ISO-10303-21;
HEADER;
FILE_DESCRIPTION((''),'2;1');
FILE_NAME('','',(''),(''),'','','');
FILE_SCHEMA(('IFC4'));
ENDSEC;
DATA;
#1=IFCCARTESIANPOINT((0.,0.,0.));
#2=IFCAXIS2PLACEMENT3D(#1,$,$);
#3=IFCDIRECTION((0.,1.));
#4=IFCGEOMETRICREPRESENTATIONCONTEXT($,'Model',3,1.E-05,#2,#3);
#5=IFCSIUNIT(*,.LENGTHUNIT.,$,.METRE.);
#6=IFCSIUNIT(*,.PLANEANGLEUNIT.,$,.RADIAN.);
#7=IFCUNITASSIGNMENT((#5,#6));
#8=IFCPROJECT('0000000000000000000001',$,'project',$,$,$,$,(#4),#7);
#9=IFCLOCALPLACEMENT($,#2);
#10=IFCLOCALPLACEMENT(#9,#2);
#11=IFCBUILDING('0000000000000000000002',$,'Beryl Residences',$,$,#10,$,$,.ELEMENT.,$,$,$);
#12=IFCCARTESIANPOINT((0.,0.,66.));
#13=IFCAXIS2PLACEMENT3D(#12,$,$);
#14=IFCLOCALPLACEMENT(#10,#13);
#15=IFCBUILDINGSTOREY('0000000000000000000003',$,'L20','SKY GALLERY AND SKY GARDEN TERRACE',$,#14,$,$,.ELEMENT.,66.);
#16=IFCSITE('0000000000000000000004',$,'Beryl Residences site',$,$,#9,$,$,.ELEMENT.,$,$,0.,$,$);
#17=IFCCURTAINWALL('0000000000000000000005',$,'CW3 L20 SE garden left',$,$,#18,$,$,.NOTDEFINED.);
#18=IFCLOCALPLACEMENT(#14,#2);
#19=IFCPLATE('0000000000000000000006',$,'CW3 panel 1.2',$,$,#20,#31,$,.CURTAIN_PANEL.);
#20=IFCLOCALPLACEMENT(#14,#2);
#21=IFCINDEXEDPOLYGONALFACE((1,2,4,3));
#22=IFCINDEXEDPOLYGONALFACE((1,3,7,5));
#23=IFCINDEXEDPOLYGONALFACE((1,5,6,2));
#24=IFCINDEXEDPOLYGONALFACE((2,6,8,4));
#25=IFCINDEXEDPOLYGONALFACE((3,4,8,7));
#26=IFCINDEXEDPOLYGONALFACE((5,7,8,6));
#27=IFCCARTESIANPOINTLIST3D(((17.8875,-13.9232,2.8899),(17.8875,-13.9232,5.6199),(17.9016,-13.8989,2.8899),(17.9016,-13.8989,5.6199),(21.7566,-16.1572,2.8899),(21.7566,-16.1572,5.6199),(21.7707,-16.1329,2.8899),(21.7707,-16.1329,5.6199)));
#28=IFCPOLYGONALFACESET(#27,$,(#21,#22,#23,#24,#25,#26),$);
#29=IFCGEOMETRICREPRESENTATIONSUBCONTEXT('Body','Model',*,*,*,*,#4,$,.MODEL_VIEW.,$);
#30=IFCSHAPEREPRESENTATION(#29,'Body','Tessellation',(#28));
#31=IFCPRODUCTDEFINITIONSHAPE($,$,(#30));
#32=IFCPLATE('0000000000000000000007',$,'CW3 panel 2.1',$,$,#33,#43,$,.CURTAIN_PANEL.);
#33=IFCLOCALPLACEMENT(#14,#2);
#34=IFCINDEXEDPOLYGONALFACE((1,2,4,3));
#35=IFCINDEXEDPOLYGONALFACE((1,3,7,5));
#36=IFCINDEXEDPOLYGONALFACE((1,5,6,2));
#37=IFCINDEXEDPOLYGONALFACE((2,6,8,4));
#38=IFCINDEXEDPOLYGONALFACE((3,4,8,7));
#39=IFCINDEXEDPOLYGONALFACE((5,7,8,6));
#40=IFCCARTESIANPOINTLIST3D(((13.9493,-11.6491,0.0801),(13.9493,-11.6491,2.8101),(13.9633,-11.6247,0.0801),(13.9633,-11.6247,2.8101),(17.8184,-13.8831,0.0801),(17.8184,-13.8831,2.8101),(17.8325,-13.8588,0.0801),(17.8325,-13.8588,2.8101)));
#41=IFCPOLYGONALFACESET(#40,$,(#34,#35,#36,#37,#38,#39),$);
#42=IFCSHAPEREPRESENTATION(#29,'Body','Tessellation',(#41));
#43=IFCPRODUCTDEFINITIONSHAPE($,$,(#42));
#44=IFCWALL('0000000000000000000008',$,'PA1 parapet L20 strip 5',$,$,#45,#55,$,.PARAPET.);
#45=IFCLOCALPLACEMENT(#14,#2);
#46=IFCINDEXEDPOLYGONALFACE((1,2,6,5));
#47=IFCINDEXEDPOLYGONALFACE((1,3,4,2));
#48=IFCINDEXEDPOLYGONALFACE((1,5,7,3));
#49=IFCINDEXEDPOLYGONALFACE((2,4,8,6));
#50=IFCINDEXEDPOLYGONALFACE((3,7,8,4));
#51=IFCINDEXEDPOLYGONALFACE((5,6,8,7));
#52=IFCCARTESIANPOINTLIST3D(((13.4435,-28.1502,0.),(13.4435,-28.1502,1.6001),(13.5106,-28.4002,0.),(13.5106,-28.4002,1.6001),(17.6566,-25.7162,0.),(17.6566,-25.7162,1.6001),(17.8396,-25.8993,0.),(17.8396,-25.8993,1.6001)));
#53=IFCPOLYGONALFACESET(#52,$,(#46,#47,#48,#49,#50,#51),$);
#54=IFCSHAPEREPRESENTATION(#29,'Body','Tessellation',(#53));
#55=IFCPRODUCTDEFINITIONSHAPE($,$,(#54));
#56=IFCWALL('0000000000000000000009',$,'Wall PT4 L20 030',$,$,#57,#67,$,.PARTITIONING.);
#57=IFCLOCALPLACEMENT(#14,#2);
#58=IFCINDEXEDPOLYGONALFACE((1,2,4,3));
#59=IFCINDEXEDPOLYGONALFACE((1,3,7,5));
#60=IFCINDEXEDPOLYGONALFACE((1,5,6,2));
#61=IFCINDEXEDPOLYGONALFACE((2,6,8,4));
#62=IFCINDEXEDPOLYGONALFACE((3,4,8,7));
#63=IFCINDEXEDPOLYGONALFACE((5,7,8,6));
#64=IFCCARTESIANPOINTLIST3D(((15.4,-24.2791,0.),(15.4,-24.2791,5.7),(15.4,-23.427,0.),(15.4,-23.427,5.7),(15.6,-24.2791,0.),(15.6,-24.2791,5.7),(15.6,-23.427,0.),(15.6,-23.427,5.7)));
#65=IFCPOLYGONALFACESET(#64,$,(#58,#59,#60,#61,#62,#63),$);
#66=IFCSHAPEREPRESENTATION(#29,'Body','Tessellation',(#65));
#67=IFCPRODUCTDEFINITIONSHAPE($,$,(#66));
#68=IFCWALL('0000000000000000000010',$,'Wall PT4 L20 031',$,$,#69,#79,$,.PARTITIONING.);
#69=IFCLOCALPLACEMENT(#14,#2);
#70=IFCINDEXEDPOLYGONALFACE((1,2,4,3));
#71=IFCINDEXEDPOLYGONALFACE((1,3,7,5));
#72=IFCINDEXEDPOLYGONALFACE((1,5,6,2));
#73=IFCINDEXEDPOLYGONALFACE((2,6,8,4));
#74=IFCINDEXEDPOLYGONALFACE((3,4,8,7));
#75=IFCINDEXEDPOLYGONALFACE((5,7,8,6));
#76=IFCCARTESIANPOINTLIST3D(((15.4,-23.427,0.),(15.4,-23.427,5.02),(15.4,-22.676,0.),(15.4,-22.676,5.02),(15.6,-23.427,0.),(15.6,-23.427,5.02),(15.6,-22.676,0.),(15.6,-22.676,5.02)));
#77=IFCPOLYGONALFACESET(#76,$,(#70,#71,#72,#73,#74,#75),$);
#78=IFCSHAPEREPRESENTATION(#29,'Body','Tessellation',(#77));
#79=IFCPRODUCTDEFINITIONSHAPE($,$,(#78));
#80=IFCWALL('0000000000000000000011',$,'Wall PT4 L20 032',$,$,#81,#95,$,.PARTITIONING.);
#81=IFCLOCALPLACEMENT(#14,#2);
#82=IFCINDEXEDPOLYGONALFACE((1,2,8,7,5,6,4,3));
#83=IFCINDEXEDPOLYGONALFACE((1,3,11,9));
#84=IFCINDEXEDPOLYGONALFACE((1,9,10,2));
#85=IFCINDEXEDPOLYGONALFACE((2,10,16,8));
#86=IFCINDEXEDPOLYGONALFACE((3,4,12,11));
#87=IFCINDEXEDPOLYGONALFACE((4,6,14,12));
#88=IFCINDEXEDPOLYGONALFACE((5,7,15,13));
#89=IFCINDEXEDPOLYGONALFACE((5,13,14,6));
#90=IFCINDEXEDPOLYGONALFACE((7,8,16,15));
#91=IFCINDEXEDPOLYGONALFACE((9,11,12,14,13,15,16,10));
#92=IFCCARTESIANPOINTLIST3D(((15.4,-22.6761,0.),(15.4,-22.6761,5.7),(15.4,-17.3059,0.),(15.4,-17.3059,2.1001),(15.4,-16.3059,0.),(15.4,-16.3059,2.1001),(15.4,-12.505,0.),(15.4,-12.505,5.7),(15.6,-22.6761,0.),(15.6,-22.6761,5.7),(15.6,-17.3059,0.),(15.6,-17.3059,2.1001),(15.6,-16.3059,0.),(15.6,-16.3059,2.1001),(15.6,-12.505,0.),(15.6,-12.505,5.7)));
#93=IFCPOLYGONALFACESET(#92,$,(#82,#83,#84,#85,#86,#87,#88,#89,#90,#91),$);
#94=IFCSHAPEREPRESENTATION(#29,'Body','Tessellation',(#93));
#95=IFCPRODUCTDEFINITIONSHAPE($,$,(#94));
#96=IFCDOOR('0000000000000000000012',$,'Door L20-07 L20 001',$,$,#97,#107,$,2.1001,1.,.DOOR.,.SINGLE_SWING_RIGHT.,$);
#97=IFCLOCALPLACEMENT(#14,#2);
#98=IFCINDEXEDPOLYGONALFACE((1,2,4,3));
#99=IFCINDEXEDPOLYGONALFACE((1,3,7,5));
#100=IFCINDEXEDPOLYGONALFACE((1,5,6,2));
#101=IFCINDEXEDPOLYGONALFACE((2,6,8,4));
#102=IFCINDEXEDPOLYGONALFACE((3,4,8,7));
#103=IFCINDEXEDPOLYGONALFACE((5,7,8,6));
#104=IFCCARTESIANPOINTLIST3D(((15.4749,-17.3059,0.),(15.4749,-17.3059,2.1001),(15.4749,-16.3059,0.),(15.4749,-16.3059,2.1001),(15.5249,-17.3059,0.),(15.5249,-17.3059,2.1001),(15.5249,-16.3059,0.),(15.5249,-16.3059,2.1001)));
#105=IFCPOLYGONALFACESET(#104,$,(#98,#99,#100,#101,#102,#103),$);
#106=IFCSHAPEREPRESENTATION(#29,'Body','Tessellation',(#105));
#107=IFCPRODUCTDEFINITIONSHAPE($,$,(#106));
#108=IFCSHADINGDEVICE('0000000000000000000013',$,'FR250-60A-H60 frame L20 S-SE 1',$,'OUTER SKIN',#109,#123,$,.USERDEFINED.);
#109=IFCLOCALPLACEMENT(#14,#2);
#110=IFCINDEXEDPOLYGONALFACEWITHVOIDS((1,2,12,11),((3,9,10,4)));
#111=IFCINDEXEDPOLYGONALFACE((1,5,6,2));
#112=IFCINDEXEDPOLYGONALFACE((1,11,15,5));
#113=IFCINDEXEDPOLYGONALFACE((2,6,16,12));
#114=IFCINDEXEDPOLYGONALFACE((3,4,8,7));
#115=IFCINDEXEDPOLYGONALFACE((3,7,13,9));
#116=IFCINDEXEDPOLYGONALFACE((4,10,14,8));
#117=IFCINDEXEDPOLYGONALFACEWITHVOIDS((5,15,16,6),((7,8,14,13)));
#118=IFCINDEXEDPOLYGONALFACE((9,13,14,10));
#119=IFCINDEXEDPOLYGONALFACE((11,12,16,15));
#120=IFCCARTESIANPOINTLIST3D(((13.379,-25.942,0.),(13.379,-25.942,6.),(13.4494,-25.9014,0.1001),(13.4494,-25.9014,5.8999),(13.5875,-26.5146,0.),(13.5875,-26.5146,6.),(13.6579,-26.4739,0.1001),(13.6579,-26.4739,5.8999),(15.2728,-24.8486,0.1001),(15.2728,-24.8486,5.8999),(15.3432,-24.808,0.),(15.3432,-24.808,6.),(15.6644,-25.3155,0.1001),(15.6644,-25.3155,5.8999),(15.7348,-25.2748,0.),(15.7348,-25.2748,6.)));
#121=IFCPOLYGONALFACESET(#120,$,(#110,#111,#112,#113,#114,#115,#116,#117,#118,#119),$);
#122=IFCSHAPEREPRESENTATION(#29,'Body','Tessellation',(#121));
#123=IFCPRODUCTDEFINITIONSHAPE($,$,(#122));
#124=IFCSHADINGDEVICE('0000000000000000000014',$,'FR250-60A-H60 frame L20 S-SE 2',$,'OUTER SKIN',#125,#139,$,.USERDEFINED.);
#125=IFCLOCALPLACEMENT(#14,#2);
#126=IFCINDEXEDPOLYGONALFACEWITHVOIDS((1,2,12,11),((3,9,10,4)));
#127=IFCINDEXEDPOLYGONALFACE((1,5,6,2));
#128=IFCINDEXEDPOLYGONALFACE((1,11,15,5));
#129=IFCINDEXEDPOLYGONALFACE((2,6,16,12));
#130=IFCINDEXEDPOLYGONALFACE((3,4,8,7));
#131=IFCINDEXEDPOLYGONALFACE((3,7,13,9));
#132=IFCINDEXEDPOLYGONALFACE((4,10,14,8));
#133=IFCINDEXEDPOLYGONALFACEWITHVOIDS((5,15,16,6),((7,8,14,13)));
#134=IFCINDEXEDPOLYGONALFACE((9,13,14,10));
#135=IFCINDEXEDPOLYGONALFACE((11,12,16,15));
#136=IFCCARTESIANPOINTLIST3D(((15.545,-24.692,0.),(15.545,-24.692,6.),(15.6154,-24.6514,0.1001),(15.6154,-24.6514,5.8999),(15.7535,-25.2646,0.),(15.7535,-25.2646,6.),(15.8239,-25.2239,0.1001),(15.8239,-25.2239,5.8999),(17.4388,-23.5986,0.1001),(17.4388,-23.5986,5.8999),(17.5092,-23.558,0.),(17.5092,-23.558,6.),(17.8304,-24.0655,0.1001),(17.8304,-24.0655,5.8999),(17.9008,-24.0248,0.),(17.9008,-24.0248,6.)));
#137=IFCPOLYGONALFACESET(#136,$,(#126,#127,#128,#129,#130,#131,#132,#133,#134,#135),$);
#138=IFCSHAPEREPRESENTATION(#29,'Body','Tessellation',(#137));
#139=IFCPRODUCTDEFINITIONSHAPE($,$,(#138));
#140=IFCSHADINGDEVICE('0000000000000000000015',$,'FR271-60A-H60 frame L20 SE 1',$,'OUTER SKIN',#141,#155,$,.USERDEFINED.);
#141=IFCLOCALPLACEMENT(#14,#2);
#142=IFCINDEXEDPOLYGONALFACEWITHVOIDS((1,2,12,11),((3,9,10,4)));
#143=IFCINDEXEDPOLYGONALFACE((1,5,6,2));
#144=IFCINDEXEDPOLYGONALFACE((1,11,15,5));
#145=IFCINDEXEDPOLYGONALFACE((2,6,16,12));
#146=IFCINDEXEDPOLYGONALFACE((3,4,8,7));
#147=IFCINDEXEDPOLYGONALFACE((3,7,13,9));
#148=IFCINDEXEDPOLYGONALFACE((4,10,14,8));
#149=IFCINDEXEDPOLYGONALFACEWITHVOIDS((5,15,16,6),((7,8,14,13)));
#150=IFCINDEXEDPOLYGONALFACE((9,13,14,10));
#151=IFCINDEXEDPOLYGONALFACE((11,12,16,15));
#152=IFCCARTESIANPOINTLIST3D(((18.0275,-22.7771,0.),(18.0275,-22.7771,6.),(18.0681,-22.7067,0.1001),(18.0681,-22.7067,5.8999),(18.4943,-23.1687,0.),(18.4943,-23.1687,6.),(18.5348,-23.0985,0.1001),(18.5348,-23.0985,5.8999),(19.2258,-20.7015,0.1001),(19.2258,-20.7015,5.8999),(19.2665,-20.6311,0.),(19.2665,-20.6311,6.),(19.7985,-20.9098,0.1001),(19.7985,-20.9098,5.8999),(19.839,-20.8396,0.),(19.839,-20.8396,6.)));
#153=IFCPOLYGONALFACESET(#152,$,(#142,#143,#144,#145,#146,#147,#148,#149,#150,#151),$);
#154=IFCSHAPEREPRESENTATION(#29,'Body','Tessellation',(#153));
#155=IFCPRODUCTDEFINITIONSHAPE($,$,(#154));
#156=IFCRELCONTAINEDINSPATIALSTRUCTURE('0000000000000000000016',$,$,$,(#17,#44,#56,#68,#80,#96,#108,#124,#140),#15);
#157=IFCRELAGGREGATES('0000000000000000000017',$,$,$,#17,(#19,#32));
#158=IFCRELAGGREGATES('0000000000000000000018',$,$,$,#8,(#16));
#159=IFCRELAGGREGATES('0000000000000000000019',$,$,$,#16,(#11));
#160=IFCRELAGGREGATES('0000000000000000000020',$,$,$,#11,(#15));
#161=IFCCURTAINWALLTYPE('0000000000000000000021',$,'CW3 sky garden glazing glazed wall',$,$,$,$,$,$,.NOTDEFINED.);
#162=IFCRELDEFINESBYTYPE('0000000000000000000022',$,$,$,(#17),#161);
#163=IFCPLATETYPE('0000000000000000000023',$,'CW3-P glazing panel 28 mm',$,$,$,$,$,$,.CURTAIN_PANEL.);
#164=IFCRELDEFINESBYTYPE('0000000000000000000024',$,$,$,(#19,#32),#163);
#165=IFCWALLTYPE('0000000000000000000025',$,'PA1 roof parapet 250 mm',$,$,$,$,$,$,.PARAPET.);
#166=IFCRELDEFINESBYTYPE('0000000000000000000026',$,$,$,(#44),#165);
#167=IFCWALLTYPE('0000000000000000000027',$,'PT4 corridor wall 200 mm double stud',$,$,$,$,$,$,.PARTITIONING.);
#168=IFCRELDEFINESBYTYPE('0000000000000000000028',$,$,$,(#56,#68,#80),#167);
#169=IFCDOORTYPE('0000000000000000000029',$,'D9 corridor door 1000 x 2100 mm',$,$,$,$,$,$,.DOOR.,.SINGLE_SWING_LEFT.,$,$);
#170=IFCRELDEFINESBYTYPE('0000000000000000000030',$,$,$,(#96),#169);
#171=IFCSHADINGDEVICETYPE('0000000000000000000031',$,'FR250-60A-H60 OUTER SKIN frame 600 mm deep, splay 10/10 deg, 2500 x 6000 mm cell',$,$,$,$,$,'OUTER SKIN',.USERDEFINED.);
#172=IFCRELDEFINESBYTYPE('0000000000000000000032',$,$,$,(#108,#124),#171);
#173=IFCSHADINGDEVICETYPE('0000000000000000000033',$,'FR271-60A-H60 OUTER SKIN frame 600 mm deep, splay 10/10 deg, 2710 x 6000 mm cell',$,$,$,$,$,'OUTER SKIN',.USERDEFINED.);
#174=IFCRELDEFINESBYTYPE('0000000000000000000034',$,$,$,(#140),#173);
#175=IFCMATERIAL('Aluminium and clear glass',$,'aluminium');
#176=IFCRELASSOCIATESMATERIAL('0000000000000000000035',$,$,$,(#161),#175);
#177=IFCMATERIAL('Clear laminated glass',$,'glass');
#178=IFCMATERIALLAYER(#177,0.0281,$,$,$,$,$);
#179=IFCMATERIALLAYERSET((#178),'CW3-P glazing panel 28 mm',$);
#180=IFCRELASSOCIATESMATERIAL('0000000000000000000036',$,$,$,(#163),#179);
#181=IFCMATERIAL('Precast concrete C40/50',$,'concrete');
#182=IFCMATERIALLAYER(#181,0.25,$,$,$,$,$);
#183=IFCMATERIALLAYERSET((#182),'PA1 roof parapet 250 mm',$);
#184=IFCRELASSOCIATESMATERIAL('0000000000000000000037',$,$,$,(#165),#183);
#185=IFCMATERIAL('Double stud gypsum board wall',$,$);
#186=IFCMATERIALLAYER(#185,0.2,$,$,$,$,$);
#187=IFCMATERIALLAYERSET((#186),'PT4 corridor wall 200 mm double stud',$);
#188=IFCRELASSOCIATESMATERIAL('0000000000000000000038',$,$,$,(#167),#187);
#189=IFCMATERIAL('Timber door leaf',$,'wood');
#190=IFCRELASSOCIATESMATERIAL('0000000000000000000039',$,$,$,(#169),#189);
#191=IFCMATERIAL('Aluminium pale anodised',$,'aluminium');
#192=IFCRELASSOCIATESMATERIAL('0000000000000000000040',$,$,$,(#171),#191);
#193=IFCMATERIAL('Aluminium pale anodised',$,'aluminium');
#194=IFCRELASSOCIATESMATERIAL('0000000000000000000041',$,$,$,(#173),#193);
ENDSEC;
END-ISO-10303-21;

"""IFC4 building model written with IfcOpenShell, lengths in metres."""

from ifc_helpers import new_model, entity, si_unit, direction, frame, frame_2d, origin, origin_2d, place, context, subcontext, project, spatial, polyline, rectangle, outline, extrude, source, transform, mapped, material, layer, layer_set, type_object, type_shapes, element, fill, aggregate, save


model = new_model("IFC4")

# Units and contexts
model_context = context("Model", 3, precision=1e-05, world=origin(), true_north=direction((0.0, 1.0)))
body_context = subcontext(model_context, "Body", "Model", "MODEL_VIEW")
ifc_project = project(units=[si_unit("LENGTHUNIT", "METRE"), si_unit("PLANEANGLEUNIT", "RADIAN")], contexts=[model_context])

# Site, building, storey
site_placement = place(None, origin())
site = spatial("IfcSite", under=ifc_project, at=site_placement, Name="Beryl Residences site", CompositionType="ELEMENT", RefElevation=0.0)
building_placement = place(site_placement, origin())
building = spatial("IfcBuilding", under=site, at=building_placement, Name="Beryl Residences", CompositionType="ELEMENT")
storey_placement = place(building_placement, frame((0.0, 0.0, 66.0)))
storey = spatial("IfcBuildingStorey", under=building, at=storey_placement, Name="L20", Description="SKY GALLERY AND SKY GARDEN TERRACE", CompositionType="ELEMENT", Elevation=66.0)

# Curtain wall
ifc_material_1 = material(Name="Aluminium and clear glass", Category="aluminium")
curtain_wall_type = type_object("IfcCurtainWallType", Name="CW3 sky garden glazing glazed wall", PredefinedType="NOTDEFINED", material=ifc_material_1)
curtain_wall_1_placement = place(storey_placement, origin())
curtain_wall_1 = element("IfcCurtainWall", 1, at=curtain_wall_1_placement, inside=storey, type_object=curtain_wall_type, Name="CW3 L20 SE garden left", PredefinedType="NOTDEFINED")

# Plates
ifc_material_2 = material(Name="Clear laminated glass", Category="glass")
ifc_layer_1 = layer(ifc_material_2, 0.0281)
ifc_layer_set_1 = layer_set([ifc_layer_1], Name="CW3-P glazing panel 28 mm")
plate_type = type_object("IfcPlateType", Name="CW3-P glazing panel 28 mm", PredefinedType="CURTAIN_PANEL", material=ifc_layer_set_1)
plate_1_placement = place(storey_placement, frame((19.8291, -15.0281, 2.8899), z_axis=(0.0, 0.0, 1.0), x_axis=(-0.866008, 0.500031, 0.0)))
plate_1 = element("IfcPlate", 2, at=plate_1_placement, type_object=plate_type, Name="CW3 panel 1.2", PredefinedType="CURTAIN_PANEL", context=body_context, shape_type="SweptSolid", body=[
    extrude(rectangle(XDim=4.4678, YDim=0.0281, at=origin_2d()), origin(), (0.0, 0.0, 1.0), 2.73),
])
plate_2_placement = place(storey_placement, frame((15.8909, -12.7539, 0.0801), z_axis=(0.0, 0.0, 1.0), x_axis=(-0.866008, 0.500031, 0.0)))
plate_2 = element("IfcPlate", 3, at=plate_2_placement, type_object=plate_type, Name="CW3 panel 2.1", PredefinedType="CURTAIN_PANEL", context=body_context, shape_type="SweptSolid", body=[
    extrude(rectangle(XDim=4.4678, YDim=0.0281, at=origin_2d()), origin(), (0.0, 0.0, 1.0), 2.73),
])
aggregate(curtain_wall_1, [plate_1, plate_2])

# Walls
ifc_material_3 = material(Name="Precast concrete C40/50", Category="concrete")
ifc_layer_2 = layer(ifc_material_3, 0.25)
ifc_layer_set_2 = layer_set([ifc_layer_2], Name="PA1 roof parapet 250 mm")
wall_type_1 = type_object("IfcWallType", Name="PA1 roof parapet 250 mm", PredefinedType="PARAPET", material=ifc_layer_set_2)
wall_1_placement = place(storey_placement, frame((17.7771, -25.791, 0.0), z_axis=(0.0, 0.0, 1.0), x_axis=(-0.86589, -0.500235, 0.0)))
element("IfcWall", 4, at=wall_1_placement, inside=storey, type_object=wall_type_1, Name="PA1 parapet L20 strip 5", PredefinedType="PARAPET", context=body_context, shape_type="SweptSolid", body=[
    extrude(outline(polyline([(0.0669, -0.125), (4.9326, -0.125), (4.9995, 0.125), (0.0, 0.125), (0.0669, -0.125)])), origin(), (0.0, 0.0, 1.0), 1.6001),
])
ifc_material_4 = material(Name="Double stud gypsum board wall")
ifc_layer_3 = layer(ifc_material_4, 0.2)
ifc_layer_set_3 = layer_set([ifc_layer_3], Name="PT4 corridor wall 200 mm double stud")
wall_type_2 = type_object("IfcWallType", Name="PT4 corridor wall 200 mm double stud", PredefinedType="PARTITIONING", material=ifc_layer_set_3)
wall_2_placement = place(storey_placement, frame((15.5, -24.2791, 0.0), z_axis=(0.0, 0.0, 1.0), x_axis=(0.0, 1.0, 0.0)))
element("IfcWall", 5, at=wall_2_placement, inside=storey, type_object=wall_type_2, Name="Wall PT4 L20 030", PredefinedType="PARTITIONING", context=body_context, shape_type="SweptSolid", body=[
    extrude(rectangle(XDim=0.8521, YDim=0.2, at=frame_2d((0.426, 0.0))), origin(), (0.0, 0.0, 1.0), 5.7),
])
wall_3_placement = place(storey_placement, frame((15.5, -23.427, 0.0), z_axis=(0.0, 0.0, 1.0), x_axis=(0.0, 1.0, 0.0)))
element("IfcWall", 6, at=wall_3_placement, inside=storey, type_object=wall_type_2, Name="Wall PT4 L20 031", PredefinedType="PARTITIONING", context=body_context, shape_type="SweptSolid", body=[
    extrude(rectangle(XDim=0.751, YDim=0.2, at=frame_2d((0.3755, 0.0))), origin(), (0.0, 0.0, 1.0), 5.02),
])

# Wall, opening, door
wall_4_placement = place(storey_placement, frame((15.5, -22.676, 0.0), z_axis=(0.0, 0.0, 1.0), x_axis=(0.0, 1.0, 0.0)))
wall_4 = element("IfcWall", 7, at=wall_4_placement, inside=storey, type_object=wall_type_2, Name="Wall PT4 L20 032", PredefinedType="PARTITIONING", context=body_context, shape_type="SweptSolid", body=[
    extrude(rectangle(XDim=10.1711, YDim=0.2, at=frame_2d((5.0854, 0.0))), origin(), (0.0, 0.0, 1.0), 5.7),
])
opening_placement = place(wall_4_placement, frame((6.3701, 0.0, 0.0), z_axis=(0.0, 0.0, 1.0), x_axis=(-1.0, 0.0, 0.0)))
opening = element("IfcOpeningElement", 8, at=opening_placement, cuts=wall_4, PredefinedType="OPENING", context=body_context, shape_type="SweptSolid", body=[
    extrude(rectangle(XDim=1.0, YDim=2.1001, at=frame_2d((0.5, 1.05))), frame((0.0, 0.1099, 0.0), z_axis=(0.0, -1.0, 0.0), x_axis=(1.0, 0.0, 0.0)), (0.0, 0.0, 1.0), 0.22),
])
ifc_material_5 = material(Name="Timber door leaf", Category="wood")
door_type = type_object("IfcDoorType", Name="D9 corridor door 1000 x 2100 mm", OperationType="SINGLE_SWING_LEFT", PredefinedType="DOOR", material=ifc_material_5)
door_placement = place(opening_placement, origin())
door = element("IfcDoor", 9, at=door_placement, inside=storey, type_object=door_type, Name="Door L20-07 L20 001", OperationType="SINGLE_SWING_RIGHT", OverallHeight=2.1001, OverallWidth=1.0, PredefinedType="DOOR", context=body_context, shape_type="SweptSolid", body=[
    extrude(rectangle(XDim=1.0, YDim=2.1001, at=frame_2d((0.5, 1.05))), frame((0.0, 0.0249, 0.0), z_axis=(0.0, -1.0, 0.0), x_axis=(1.0, 0.0, 0.0)), (0.0, 0.0, 1.0), 0.05),
])
fill(opening, door)

# Shading devices
ifc_material_6 = material(Name="Aluminium pale anodised", Category="aluminium")
shading_device_type_1 = type_object("IfcShadingDeviceType", Name="FR250-60A-H60 OUTER SKIN frame 600 mm deep, splay 10/10 deg, 2500 x 6000 mm cell", ElementType="OUTER SKIN", PredefinedType="USERDEFINED", material=ifc_material_6)
cartesian_point_1 = entity("IfcCartesianPoint", [-1.134, 0.0])
cartesian_point_2 = entity("IfcCartesianPoint", [-1.0527, 0.1001])
cartesian_point_3 = entity("IfcCartesianPoint", [-1.2397, 0.0])
cartesian_point_4 = entity("IfcCartesianPoint", [-1.1584, 0.1001])
shared_shape_1 = source(origin(), body_context, "Body", "SweptSolid", [
    entity("IfcExtrudedAreaSolidTapered", entity("IfcArbitraryProfileDefWithVoids", "AREA", None, entity("IfcPolyline", [cartesian_point_1, entity("IfcCartesianPoint", [1.134, 0.0]), entity("IfcCartesianPoint", [1.134, 6.0]), entity("IfcCartesianPoint", [-1.134, 6.0]), cartesian_point_1]), [entity("IfcPolyline", [cartesian_point_2, entity("IfcCartesianPoint", [1.0527, 0.1001]), entity("IfcCartesianPoint", [1.0527, 5.8999]), entity("IfcCartesianPoint", [-1.0527, 5.8999]), cartesian_point_2])]), entity("IfcAxis2Placement3D", entity("IfcCartesianPoint", [0.0, 0.0, 0.0]), entity("IfcDirection", [0.0, 1.0, 0.0]), entity("IfcDirection", [-1.0, 0.0, 0.0])), entity("IfcDirection", [0.0, 0.0, 1.0]), 0.6001, entity("IfcArbitraryProfileDefWithVoids", "AREA", None, entity("IfcPolyline", [cartesian_point_3, entity("IfcCartesianPoint", [1.2397, 0.0]), entity("IfcCartesianPoint", [1.2397, 6.0]), entity("IfcCartesianPoint", [-1.2397, 6.0]), cartesian_point_3]), [entity("IfcPolyline", [cartesian_point_4, entity("IfcCartesianPoint", [1.1584, 0.1001]), entity("IfcCartesianPoint", [1.1584, 5.8999]), entity("IfcCartesianPoint", [-1.1584, 5.8999]), cartesian_point_4])])),
])
type_shapes(shading_device_type_1, [shared_shape_1])
for number, where, z_axis, x_axis, name in (
    (10, (14.3611, -25.375, 0.0), (0.0, 0.0, 1.0), (-0.866025, -0.5, 0.0), "FR250-60A-H60 frame L20 S-SE 1"),
    (11, (16.5271, -24.125, 0.0), (0.0, 0.0, 1.0), (-0.866025, -0.5, 0.0), "FR250-60A-H60 frame L20 S-SE 2"),
):
    element("IfcShadingDevice", number, at=place(storey_placement, frame(where, z_axis=z_axis, x_axis=x_axis)), inside=storey, type_object=shading_device_type_1, Name=name, ObjectType="OUTER SKIN", PredefinedType="USERDEFINED", context=body_context, shape_type="MappedRepresentation", body=[
        mapped(shared_shape_1, transform((0.0, 0.0, 0.0))),
    ])
ifc_material_7 = material(Name="Aluminium pale anodised", Category="aluminium")
shading_device_type_2 = type_object("IfcShadingDeviceType", Name="FR271-60A-H60 OUTER SKIN frame 600 mm deep, splay 10/10 deg, 2710 x 6000 mm cell", ElementType="OUTER SKIN", PredefinedType="USERDEFINED", material=ifc_material_7)
cartesian_point_5 = entity("IfcCartesianPoint", [-1.239, 0.0])
cartesian_point_6 = entity("IfcCartesianPoint", [-1.1577, 0.1001])
cartesian_point_7 = entity("IfcCartesianPoint", [-1.3447, 0.0])
cartesian_point_8 = entity("IfcCartesianPoint", [-1.2637, 0.1001])
shared_shape_2 = source(origin(), body_context, "Body", "SweptSolid", [
    entity("IfcExtrudedAreaSolidTapered", entity("IfcArbitraryProfileDefWithVoids", "AREA", None, entity("IfcPolyline", [cartesian_point_5, entity("IfcCartesianPoint", [1.239, 0.0]), entity("IfcCartesianPoint", [1.239, 6.0]), entity("IfcCartesianPoint", [-1.239, 6.0]), cartesian_point_5]), [entity("IfcPolyline", [cartesian_point_6, entity("IfcCartesianPoint", [1.1577, 0.1001]), entity("IfcCartesianPoint", [1.1577, 5.8999]), entity("IfcCartesianPoint", [-1.1577, 5.8999]), cartesian_point_6])]), entity("IfcAxis2Placement3D", entity("IfcCartesianPoint", [0.0, 0.0, 0.0]), entity("IfcDirection", [0.0, 1.0, 0.0]), entity("IfcDirection", [-1.0, 0.0, 0.0])), entity("IfcDirection", [0.0, 0.0, 1.0]), 0.6001, entity("IfcArbitraryProfileDefWithVoids", "AREA", None, entity("IfcPolyline", [cartesian_point_7, entity("IfcCartesianPoint", [1.3447, 0.0]), entity("IfcCartesianPoint", [1.3447, 6.0]), entity("IfcCartesianPoint", [-1.3447, 6.0]), cartesian_point_7]), [entity("IfcPolyline", [cartesian_point_8, entity("IfcCartesianPoint", [1.2637, 0.1001]), entity("IfcCartesianPoint", [1.2637, 5.8999]), entity("IfcCartesianPoint", [-1.2637, 5.8999]), cartesian_point_8])])),
])
type_shapes(shading_device_type_2, [shared_shape_2])
for number, where, z_axis, x_axis, name in (
    (12, (18.647, -21.7041, 0.0), (0.0, 0.0, 1.0), (-0.5, -0.866025, 0.0), "FR271-60A-H60 frame L20 SE 1"),
):
    element("IfcShadingDevice", number, at=place(storey_placement, frame(where, z_axis=z_axis, x_axis=x_axis)), inside=storey, type_object=shading_device_type_2, Name=name, ObjectType="OUTER SKIN", PredefinedType="USERDEFINED", context=body_context, shape_type="MappedRepresentation", body=[
        mapped(shared_shape_2, transform((0.0, 0.0, 0.0))),
    ])

save(model, "model.ifc")
